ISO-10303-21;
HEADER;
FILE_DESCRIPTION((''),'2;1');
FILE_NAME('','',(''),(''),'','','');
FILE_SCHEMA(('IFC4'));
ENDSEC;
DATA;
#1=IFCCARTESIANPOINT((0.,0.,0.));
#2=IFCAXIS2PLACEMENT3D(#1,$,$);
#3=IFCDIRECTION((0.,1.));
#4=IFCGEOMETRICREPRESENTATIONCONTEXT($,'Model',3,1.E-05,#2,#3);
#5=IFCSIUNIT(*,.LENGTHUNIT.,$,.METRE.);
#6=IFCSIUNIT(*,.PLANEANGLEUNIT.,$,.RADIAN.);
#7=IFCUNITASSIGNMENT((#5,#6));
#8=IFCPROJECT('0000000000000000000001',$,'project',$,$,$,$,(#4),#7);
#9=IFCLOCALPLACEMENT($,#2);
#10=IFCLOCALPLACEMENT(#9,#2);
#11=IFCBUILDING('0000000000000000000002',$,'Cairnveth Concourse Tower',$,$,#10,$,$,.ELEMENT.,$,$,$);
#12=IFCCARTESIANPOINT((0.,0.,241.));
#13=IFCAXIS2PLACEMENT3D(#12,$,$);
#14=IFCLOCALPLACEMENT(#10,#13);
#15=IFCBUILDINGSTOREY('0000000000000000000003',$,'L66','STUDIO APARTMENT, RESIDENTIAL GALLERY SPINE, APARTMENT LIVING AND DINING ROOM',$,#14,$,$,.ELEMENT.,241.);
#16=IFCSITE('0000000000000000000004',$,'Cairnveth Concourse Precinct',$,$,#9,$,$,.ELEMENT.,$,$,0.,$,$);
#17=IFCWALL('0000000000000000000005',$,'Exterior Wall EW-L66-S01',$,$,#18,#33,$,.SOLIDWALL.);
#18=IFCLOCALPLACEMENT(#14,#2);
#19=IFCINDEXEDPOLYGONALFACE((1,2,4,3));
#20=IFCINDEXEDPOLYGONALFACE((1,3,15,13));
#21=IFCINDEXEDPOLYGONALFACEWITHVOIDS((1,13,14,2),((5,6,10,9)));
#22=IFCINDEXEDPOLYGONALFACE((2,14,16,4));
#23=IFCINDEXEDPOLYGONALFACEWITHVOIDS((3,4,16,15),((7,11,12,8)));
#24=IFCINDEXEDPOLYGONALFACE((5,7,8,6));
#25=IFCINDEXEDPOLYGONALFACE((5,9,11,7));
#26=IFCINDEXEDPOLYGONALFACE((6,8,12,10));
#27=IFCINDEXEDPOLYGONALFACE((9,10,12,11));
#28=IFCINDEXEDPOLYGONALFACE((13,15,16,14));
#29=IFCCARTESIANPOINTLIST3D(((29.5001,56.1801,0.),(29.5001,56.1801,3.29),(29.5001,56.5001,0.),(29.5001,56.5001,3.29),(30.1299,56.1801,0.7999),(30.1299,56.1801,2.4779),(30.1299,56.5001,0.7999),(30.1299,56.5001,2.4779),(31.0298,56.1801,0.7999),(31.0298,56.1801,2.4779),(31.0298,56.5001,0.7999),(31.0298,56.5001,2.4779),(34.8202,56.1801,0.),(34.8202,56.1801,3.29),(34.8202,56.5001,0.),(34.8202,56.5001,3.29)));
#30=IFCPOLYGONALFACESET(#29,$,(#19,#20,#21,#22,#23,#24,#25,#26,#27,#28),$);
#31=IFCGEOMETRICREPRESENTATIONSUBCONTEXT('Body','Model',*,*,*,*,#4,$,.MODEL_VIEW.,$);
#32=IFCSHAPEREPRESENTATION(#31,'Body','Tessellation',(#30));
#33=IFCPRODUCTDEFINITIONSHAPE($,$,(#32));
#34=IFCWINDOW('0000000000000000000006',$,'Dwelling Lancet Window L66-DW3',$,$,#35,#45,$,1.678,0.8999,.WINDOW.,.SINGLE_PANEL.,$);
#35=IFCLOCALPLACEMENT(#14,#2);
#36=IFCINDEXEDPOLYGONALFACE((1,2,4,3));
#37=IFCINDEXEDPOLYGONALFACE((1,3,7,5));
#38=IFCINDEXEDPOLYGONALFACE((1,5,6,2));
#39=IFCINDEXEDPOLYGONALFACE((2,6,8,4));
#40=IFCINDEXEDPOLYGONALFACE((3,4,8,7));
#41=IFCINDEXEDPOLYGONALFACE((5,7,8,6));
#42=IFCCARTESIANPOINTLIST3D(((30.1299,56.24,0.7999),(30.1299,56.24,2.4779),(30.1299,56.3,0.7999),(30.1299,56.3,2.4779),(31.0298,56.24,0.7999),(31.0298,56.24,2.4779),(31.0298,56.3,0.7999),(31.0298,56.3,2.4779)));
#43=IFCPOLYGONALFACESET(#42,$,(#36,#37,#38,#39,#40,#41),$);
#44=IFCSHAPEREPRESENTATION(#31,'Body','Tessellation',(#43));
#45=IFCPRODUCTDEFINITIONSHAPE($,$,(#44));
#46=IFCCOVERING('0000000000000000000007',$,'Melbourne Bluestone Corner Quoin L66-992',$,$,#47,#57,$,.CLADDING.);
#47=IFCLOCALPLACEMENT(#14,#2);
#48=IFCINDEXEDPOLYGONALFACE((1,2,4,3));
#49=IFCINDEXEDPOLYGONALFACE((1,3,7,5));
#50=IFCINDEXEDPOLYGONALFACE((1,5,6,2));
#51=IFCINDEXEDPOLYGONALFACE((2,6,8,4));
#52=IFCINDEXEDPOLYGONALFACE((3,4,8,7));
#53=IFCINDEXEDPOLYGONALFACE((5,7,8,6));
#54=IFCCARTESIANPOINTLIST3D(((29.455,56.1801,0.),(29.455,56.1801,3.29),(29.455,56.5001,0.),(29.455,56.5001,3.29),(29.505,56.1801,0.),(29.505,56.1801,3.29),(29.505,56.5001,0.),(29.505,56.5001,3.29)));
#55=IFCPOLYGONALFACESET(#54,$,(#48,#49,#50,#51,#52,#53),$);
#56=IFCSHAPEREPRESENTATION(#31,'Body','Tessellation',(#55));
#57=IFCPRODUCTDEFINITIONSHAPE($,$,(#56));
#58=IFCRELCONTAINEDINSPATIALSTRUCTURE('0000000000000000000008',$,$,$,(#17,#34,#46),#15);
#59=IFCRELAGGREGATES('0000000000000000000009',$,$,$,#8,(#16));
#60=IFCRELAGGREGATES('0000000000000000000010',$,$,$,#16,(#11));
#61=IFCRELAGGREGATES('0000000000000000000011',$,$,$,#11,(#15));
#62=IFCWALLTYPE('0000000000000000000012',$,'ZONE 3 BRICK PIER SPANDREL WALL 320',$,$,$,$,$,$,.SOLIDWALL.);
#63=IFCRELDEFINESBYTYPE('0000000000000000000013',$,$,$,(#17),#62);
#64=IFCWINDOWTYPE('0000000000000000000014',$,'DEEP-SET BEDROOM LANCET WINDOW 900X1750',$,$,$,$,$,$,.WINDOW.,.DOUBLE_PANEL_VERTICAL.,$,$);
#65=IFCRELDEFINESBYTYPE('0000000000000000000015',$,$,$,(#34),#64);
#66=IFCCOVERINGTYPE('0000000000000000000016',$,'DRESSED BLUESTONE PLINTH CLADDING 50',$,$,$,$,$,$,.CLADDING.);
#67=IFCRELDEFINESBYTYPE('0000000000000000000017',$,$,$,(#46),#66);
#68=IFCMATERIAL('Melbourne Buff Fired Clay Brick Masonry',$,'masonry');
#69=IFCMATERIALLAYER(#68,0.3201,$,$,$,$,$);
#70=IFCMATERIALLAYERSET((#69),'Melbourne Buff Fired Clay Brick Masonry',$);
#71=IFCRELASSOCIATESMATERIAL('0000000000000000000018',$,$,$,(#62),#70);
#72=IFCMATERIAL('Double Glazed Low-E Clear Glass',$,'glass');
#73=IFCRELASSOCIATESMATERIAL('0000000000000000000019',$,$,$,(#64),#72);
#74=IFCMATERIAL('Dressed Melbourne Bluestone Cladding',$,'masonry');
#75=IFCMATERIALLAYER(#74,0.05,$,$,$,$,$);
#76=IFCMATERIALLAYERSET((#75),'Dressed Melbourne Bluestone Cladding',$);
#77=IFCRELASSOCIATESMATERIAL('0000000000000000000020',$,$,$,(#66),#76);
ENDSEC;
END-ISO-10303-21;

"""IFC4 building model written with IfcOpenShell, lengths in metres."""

from ifc_helpers import new_model, si_unit, direction, frame, frame_2d, origin, place, context, subcontext, project, spatial, rectangle, extrude, material, layer, layer_set, type_object, element, fill, save


model = new_model("IFC4")

# Units and contexts
model_context = context("Model", 3, precision=1e-05, world=origin(), true_north=direction((0.0, 1.0)))
body_context = subcontext(model_context, "Body", "Model", "MODEL_VIEW")
ifc_project = project(units=[si_unit("LENGTHUNIT", "METRE"), si_unit("PLANEANGLEUNIT", "RADIAN")], contexts=[model_context])

# Site, building, storey
site_placement = place(None, origin())
site = spatial("IfcSite", under=ifc_project, at=site_placement, Name="Cairnveth Concourse Precinct", CompositionType="ELEMENT", RefElevation=0.0)
building_placement = place(site_placement, origin())
building = spatial("IfcBuilding", under=site, at=building_placement, Name="Cairnveth Concourse Tower", CompositionType="ELEMENT")
storey_placement = place(building_placement, frame((0.0, 0.0, 241.0)))
storey = spatial("IfcBuildingStorey", under=building, at=storey_placement, Name="L66", Description="STUDIO APARTMENT, RESIDENTIAL GALLERY SPINE, APARTMENT LIVING AND DINING ROOM", CompositionType="ELEMENT", Elevation=241.0)

# Wall, opening, window
ifc_material_1 = material(Name="Melbourne Buff Fired Clay Brick Masonry", Category="masonry")
ifc_layer_1 = layer(ifc_material_1, 0.3201)
ifc_layer_set_1 = layer_set([ifc_layer_1], Name="Melbourne Buff Fired Clay Brick Masonry")
wall_type_1 = type_object("IfcWallType", Name="ZONE 3 BRICK PIER SPANDREL WALL 320", PredefinedType="SOLIDWALL", material=ifc_layer_set_1)
wall_1_placement = place(storey_placement, frame((29.5, 56.3401, 0.0), z_axis=(0.0, 0.0, 1.0), x_axis=(1.0, 0.0, 0.0)))
wall_1 = element("IfcWall", 1, at=wall_1_placement, inside=storey, type_object=wall_type_1, Name="Exterior Wall EW-L66-S01", PredefinedType="SOLIDWALL", context=body_context, shape_type="SweptSolid", body=[
    extrude(rectangle(XDim=5.3201, YDim=0.3201, at=frame_2d((2.6602, 0.0))), origin(), (0.0, 0.0, 1.0), 3.29),
])
opening_1_placement = place(wall_1_placement, frame((0.6299, 0.0, 0.8)))
opening_1 = element("IfcOpeningElement", 2, at=opening_1_placement, cuts=wall_1, PredefinedType="OPENING", context=body_context, shape_type="SweptSolid", body=[
    extrude(rectangle(XDim=0.8999, YDim=1.678, at=frame_2d((0.45, 0.8389))), frame((0.0, 0.1699, 0.0), z_axis=(0.0, -1.0, 0.0), x_axis=(1.0, 0.0, 0.0)), (0.0, 0.0, 1.0), 0.3401),
])
ifc_material_2 = material(Name="Double Glazed Low-E Clear Glass", Category="glass")
window_type = type_object("IfcWindowType", Name="DEEP-SET BEDROOM LANCET WINDOW 900X1750", PartitioningType="DOUBLE_PANEL_VERTICAL", PredefinedType="WINDOW", material=ifc_material_2)
window_placement = place(opening_1_placement, origin())
window = element("IfcWindow", 3, at=window_placement, inside=storey, type_object=window_type, Name="Dwelling Lancet Window L66-DW3", OverallHeight=1.678, OverallWidth=0.8999, PartitioningType="SINGLE_PANEL", PredefinedType="WINDOW", context=body_context, shape_type="SweptSolid", body=[
    extrude(rectangle(XDim=0.8999, YDim=1.678, at=frame_2d((0.45, 0.8389))), frame((0.0, -0.04, 0.0), z_axis=(0.0, -1.0, 0.0), x_axis=(1.0, 0.0, 0.0)), (0.0, 0.0, 1.0), 0.0601),
])
fill(opening_1, window)

# Covering
ifc_material_3 = material(Name="Dressed Melbourne Bluestone Cladding", Category="masonry")
ifc_layer_2 = layer(ifc_material_3, 0.05)
ifc_layer_set_2 = layer_set([ifc_layer_2], Name="Dressed Melbourne Bluestone Cladding")
covering_type = type_object("IfcCoveringType", Name="DRESSED BLUESTONE PLINTH CLADDING 50", PredefinedType="CLADDING", material=ifc_layer_set_2)
covering_placement = place(storey_placement, frame((29.48, 56.1799, 0.0), z_axis=(0.0, 0.0, 1.0), x_axis=(0.0, 1.0, 0.0)))
element("IfcCovering", 4, at=covering_placement, inside=storey, type_object=covering_type, Name="Melbourne Bluestone Corner Quoin L66-992", PredefinedType="CLADDING", context=body_context, shape_type="SweptSolid", body=[
    extrude(rectangle(XDim=0.3201, YDim=0.05, at=frame_2d((0.1602, 0.0))), origin(), (0.0, 0.0, 1.0), 3.29),
])

save(model, "model.ifc")
